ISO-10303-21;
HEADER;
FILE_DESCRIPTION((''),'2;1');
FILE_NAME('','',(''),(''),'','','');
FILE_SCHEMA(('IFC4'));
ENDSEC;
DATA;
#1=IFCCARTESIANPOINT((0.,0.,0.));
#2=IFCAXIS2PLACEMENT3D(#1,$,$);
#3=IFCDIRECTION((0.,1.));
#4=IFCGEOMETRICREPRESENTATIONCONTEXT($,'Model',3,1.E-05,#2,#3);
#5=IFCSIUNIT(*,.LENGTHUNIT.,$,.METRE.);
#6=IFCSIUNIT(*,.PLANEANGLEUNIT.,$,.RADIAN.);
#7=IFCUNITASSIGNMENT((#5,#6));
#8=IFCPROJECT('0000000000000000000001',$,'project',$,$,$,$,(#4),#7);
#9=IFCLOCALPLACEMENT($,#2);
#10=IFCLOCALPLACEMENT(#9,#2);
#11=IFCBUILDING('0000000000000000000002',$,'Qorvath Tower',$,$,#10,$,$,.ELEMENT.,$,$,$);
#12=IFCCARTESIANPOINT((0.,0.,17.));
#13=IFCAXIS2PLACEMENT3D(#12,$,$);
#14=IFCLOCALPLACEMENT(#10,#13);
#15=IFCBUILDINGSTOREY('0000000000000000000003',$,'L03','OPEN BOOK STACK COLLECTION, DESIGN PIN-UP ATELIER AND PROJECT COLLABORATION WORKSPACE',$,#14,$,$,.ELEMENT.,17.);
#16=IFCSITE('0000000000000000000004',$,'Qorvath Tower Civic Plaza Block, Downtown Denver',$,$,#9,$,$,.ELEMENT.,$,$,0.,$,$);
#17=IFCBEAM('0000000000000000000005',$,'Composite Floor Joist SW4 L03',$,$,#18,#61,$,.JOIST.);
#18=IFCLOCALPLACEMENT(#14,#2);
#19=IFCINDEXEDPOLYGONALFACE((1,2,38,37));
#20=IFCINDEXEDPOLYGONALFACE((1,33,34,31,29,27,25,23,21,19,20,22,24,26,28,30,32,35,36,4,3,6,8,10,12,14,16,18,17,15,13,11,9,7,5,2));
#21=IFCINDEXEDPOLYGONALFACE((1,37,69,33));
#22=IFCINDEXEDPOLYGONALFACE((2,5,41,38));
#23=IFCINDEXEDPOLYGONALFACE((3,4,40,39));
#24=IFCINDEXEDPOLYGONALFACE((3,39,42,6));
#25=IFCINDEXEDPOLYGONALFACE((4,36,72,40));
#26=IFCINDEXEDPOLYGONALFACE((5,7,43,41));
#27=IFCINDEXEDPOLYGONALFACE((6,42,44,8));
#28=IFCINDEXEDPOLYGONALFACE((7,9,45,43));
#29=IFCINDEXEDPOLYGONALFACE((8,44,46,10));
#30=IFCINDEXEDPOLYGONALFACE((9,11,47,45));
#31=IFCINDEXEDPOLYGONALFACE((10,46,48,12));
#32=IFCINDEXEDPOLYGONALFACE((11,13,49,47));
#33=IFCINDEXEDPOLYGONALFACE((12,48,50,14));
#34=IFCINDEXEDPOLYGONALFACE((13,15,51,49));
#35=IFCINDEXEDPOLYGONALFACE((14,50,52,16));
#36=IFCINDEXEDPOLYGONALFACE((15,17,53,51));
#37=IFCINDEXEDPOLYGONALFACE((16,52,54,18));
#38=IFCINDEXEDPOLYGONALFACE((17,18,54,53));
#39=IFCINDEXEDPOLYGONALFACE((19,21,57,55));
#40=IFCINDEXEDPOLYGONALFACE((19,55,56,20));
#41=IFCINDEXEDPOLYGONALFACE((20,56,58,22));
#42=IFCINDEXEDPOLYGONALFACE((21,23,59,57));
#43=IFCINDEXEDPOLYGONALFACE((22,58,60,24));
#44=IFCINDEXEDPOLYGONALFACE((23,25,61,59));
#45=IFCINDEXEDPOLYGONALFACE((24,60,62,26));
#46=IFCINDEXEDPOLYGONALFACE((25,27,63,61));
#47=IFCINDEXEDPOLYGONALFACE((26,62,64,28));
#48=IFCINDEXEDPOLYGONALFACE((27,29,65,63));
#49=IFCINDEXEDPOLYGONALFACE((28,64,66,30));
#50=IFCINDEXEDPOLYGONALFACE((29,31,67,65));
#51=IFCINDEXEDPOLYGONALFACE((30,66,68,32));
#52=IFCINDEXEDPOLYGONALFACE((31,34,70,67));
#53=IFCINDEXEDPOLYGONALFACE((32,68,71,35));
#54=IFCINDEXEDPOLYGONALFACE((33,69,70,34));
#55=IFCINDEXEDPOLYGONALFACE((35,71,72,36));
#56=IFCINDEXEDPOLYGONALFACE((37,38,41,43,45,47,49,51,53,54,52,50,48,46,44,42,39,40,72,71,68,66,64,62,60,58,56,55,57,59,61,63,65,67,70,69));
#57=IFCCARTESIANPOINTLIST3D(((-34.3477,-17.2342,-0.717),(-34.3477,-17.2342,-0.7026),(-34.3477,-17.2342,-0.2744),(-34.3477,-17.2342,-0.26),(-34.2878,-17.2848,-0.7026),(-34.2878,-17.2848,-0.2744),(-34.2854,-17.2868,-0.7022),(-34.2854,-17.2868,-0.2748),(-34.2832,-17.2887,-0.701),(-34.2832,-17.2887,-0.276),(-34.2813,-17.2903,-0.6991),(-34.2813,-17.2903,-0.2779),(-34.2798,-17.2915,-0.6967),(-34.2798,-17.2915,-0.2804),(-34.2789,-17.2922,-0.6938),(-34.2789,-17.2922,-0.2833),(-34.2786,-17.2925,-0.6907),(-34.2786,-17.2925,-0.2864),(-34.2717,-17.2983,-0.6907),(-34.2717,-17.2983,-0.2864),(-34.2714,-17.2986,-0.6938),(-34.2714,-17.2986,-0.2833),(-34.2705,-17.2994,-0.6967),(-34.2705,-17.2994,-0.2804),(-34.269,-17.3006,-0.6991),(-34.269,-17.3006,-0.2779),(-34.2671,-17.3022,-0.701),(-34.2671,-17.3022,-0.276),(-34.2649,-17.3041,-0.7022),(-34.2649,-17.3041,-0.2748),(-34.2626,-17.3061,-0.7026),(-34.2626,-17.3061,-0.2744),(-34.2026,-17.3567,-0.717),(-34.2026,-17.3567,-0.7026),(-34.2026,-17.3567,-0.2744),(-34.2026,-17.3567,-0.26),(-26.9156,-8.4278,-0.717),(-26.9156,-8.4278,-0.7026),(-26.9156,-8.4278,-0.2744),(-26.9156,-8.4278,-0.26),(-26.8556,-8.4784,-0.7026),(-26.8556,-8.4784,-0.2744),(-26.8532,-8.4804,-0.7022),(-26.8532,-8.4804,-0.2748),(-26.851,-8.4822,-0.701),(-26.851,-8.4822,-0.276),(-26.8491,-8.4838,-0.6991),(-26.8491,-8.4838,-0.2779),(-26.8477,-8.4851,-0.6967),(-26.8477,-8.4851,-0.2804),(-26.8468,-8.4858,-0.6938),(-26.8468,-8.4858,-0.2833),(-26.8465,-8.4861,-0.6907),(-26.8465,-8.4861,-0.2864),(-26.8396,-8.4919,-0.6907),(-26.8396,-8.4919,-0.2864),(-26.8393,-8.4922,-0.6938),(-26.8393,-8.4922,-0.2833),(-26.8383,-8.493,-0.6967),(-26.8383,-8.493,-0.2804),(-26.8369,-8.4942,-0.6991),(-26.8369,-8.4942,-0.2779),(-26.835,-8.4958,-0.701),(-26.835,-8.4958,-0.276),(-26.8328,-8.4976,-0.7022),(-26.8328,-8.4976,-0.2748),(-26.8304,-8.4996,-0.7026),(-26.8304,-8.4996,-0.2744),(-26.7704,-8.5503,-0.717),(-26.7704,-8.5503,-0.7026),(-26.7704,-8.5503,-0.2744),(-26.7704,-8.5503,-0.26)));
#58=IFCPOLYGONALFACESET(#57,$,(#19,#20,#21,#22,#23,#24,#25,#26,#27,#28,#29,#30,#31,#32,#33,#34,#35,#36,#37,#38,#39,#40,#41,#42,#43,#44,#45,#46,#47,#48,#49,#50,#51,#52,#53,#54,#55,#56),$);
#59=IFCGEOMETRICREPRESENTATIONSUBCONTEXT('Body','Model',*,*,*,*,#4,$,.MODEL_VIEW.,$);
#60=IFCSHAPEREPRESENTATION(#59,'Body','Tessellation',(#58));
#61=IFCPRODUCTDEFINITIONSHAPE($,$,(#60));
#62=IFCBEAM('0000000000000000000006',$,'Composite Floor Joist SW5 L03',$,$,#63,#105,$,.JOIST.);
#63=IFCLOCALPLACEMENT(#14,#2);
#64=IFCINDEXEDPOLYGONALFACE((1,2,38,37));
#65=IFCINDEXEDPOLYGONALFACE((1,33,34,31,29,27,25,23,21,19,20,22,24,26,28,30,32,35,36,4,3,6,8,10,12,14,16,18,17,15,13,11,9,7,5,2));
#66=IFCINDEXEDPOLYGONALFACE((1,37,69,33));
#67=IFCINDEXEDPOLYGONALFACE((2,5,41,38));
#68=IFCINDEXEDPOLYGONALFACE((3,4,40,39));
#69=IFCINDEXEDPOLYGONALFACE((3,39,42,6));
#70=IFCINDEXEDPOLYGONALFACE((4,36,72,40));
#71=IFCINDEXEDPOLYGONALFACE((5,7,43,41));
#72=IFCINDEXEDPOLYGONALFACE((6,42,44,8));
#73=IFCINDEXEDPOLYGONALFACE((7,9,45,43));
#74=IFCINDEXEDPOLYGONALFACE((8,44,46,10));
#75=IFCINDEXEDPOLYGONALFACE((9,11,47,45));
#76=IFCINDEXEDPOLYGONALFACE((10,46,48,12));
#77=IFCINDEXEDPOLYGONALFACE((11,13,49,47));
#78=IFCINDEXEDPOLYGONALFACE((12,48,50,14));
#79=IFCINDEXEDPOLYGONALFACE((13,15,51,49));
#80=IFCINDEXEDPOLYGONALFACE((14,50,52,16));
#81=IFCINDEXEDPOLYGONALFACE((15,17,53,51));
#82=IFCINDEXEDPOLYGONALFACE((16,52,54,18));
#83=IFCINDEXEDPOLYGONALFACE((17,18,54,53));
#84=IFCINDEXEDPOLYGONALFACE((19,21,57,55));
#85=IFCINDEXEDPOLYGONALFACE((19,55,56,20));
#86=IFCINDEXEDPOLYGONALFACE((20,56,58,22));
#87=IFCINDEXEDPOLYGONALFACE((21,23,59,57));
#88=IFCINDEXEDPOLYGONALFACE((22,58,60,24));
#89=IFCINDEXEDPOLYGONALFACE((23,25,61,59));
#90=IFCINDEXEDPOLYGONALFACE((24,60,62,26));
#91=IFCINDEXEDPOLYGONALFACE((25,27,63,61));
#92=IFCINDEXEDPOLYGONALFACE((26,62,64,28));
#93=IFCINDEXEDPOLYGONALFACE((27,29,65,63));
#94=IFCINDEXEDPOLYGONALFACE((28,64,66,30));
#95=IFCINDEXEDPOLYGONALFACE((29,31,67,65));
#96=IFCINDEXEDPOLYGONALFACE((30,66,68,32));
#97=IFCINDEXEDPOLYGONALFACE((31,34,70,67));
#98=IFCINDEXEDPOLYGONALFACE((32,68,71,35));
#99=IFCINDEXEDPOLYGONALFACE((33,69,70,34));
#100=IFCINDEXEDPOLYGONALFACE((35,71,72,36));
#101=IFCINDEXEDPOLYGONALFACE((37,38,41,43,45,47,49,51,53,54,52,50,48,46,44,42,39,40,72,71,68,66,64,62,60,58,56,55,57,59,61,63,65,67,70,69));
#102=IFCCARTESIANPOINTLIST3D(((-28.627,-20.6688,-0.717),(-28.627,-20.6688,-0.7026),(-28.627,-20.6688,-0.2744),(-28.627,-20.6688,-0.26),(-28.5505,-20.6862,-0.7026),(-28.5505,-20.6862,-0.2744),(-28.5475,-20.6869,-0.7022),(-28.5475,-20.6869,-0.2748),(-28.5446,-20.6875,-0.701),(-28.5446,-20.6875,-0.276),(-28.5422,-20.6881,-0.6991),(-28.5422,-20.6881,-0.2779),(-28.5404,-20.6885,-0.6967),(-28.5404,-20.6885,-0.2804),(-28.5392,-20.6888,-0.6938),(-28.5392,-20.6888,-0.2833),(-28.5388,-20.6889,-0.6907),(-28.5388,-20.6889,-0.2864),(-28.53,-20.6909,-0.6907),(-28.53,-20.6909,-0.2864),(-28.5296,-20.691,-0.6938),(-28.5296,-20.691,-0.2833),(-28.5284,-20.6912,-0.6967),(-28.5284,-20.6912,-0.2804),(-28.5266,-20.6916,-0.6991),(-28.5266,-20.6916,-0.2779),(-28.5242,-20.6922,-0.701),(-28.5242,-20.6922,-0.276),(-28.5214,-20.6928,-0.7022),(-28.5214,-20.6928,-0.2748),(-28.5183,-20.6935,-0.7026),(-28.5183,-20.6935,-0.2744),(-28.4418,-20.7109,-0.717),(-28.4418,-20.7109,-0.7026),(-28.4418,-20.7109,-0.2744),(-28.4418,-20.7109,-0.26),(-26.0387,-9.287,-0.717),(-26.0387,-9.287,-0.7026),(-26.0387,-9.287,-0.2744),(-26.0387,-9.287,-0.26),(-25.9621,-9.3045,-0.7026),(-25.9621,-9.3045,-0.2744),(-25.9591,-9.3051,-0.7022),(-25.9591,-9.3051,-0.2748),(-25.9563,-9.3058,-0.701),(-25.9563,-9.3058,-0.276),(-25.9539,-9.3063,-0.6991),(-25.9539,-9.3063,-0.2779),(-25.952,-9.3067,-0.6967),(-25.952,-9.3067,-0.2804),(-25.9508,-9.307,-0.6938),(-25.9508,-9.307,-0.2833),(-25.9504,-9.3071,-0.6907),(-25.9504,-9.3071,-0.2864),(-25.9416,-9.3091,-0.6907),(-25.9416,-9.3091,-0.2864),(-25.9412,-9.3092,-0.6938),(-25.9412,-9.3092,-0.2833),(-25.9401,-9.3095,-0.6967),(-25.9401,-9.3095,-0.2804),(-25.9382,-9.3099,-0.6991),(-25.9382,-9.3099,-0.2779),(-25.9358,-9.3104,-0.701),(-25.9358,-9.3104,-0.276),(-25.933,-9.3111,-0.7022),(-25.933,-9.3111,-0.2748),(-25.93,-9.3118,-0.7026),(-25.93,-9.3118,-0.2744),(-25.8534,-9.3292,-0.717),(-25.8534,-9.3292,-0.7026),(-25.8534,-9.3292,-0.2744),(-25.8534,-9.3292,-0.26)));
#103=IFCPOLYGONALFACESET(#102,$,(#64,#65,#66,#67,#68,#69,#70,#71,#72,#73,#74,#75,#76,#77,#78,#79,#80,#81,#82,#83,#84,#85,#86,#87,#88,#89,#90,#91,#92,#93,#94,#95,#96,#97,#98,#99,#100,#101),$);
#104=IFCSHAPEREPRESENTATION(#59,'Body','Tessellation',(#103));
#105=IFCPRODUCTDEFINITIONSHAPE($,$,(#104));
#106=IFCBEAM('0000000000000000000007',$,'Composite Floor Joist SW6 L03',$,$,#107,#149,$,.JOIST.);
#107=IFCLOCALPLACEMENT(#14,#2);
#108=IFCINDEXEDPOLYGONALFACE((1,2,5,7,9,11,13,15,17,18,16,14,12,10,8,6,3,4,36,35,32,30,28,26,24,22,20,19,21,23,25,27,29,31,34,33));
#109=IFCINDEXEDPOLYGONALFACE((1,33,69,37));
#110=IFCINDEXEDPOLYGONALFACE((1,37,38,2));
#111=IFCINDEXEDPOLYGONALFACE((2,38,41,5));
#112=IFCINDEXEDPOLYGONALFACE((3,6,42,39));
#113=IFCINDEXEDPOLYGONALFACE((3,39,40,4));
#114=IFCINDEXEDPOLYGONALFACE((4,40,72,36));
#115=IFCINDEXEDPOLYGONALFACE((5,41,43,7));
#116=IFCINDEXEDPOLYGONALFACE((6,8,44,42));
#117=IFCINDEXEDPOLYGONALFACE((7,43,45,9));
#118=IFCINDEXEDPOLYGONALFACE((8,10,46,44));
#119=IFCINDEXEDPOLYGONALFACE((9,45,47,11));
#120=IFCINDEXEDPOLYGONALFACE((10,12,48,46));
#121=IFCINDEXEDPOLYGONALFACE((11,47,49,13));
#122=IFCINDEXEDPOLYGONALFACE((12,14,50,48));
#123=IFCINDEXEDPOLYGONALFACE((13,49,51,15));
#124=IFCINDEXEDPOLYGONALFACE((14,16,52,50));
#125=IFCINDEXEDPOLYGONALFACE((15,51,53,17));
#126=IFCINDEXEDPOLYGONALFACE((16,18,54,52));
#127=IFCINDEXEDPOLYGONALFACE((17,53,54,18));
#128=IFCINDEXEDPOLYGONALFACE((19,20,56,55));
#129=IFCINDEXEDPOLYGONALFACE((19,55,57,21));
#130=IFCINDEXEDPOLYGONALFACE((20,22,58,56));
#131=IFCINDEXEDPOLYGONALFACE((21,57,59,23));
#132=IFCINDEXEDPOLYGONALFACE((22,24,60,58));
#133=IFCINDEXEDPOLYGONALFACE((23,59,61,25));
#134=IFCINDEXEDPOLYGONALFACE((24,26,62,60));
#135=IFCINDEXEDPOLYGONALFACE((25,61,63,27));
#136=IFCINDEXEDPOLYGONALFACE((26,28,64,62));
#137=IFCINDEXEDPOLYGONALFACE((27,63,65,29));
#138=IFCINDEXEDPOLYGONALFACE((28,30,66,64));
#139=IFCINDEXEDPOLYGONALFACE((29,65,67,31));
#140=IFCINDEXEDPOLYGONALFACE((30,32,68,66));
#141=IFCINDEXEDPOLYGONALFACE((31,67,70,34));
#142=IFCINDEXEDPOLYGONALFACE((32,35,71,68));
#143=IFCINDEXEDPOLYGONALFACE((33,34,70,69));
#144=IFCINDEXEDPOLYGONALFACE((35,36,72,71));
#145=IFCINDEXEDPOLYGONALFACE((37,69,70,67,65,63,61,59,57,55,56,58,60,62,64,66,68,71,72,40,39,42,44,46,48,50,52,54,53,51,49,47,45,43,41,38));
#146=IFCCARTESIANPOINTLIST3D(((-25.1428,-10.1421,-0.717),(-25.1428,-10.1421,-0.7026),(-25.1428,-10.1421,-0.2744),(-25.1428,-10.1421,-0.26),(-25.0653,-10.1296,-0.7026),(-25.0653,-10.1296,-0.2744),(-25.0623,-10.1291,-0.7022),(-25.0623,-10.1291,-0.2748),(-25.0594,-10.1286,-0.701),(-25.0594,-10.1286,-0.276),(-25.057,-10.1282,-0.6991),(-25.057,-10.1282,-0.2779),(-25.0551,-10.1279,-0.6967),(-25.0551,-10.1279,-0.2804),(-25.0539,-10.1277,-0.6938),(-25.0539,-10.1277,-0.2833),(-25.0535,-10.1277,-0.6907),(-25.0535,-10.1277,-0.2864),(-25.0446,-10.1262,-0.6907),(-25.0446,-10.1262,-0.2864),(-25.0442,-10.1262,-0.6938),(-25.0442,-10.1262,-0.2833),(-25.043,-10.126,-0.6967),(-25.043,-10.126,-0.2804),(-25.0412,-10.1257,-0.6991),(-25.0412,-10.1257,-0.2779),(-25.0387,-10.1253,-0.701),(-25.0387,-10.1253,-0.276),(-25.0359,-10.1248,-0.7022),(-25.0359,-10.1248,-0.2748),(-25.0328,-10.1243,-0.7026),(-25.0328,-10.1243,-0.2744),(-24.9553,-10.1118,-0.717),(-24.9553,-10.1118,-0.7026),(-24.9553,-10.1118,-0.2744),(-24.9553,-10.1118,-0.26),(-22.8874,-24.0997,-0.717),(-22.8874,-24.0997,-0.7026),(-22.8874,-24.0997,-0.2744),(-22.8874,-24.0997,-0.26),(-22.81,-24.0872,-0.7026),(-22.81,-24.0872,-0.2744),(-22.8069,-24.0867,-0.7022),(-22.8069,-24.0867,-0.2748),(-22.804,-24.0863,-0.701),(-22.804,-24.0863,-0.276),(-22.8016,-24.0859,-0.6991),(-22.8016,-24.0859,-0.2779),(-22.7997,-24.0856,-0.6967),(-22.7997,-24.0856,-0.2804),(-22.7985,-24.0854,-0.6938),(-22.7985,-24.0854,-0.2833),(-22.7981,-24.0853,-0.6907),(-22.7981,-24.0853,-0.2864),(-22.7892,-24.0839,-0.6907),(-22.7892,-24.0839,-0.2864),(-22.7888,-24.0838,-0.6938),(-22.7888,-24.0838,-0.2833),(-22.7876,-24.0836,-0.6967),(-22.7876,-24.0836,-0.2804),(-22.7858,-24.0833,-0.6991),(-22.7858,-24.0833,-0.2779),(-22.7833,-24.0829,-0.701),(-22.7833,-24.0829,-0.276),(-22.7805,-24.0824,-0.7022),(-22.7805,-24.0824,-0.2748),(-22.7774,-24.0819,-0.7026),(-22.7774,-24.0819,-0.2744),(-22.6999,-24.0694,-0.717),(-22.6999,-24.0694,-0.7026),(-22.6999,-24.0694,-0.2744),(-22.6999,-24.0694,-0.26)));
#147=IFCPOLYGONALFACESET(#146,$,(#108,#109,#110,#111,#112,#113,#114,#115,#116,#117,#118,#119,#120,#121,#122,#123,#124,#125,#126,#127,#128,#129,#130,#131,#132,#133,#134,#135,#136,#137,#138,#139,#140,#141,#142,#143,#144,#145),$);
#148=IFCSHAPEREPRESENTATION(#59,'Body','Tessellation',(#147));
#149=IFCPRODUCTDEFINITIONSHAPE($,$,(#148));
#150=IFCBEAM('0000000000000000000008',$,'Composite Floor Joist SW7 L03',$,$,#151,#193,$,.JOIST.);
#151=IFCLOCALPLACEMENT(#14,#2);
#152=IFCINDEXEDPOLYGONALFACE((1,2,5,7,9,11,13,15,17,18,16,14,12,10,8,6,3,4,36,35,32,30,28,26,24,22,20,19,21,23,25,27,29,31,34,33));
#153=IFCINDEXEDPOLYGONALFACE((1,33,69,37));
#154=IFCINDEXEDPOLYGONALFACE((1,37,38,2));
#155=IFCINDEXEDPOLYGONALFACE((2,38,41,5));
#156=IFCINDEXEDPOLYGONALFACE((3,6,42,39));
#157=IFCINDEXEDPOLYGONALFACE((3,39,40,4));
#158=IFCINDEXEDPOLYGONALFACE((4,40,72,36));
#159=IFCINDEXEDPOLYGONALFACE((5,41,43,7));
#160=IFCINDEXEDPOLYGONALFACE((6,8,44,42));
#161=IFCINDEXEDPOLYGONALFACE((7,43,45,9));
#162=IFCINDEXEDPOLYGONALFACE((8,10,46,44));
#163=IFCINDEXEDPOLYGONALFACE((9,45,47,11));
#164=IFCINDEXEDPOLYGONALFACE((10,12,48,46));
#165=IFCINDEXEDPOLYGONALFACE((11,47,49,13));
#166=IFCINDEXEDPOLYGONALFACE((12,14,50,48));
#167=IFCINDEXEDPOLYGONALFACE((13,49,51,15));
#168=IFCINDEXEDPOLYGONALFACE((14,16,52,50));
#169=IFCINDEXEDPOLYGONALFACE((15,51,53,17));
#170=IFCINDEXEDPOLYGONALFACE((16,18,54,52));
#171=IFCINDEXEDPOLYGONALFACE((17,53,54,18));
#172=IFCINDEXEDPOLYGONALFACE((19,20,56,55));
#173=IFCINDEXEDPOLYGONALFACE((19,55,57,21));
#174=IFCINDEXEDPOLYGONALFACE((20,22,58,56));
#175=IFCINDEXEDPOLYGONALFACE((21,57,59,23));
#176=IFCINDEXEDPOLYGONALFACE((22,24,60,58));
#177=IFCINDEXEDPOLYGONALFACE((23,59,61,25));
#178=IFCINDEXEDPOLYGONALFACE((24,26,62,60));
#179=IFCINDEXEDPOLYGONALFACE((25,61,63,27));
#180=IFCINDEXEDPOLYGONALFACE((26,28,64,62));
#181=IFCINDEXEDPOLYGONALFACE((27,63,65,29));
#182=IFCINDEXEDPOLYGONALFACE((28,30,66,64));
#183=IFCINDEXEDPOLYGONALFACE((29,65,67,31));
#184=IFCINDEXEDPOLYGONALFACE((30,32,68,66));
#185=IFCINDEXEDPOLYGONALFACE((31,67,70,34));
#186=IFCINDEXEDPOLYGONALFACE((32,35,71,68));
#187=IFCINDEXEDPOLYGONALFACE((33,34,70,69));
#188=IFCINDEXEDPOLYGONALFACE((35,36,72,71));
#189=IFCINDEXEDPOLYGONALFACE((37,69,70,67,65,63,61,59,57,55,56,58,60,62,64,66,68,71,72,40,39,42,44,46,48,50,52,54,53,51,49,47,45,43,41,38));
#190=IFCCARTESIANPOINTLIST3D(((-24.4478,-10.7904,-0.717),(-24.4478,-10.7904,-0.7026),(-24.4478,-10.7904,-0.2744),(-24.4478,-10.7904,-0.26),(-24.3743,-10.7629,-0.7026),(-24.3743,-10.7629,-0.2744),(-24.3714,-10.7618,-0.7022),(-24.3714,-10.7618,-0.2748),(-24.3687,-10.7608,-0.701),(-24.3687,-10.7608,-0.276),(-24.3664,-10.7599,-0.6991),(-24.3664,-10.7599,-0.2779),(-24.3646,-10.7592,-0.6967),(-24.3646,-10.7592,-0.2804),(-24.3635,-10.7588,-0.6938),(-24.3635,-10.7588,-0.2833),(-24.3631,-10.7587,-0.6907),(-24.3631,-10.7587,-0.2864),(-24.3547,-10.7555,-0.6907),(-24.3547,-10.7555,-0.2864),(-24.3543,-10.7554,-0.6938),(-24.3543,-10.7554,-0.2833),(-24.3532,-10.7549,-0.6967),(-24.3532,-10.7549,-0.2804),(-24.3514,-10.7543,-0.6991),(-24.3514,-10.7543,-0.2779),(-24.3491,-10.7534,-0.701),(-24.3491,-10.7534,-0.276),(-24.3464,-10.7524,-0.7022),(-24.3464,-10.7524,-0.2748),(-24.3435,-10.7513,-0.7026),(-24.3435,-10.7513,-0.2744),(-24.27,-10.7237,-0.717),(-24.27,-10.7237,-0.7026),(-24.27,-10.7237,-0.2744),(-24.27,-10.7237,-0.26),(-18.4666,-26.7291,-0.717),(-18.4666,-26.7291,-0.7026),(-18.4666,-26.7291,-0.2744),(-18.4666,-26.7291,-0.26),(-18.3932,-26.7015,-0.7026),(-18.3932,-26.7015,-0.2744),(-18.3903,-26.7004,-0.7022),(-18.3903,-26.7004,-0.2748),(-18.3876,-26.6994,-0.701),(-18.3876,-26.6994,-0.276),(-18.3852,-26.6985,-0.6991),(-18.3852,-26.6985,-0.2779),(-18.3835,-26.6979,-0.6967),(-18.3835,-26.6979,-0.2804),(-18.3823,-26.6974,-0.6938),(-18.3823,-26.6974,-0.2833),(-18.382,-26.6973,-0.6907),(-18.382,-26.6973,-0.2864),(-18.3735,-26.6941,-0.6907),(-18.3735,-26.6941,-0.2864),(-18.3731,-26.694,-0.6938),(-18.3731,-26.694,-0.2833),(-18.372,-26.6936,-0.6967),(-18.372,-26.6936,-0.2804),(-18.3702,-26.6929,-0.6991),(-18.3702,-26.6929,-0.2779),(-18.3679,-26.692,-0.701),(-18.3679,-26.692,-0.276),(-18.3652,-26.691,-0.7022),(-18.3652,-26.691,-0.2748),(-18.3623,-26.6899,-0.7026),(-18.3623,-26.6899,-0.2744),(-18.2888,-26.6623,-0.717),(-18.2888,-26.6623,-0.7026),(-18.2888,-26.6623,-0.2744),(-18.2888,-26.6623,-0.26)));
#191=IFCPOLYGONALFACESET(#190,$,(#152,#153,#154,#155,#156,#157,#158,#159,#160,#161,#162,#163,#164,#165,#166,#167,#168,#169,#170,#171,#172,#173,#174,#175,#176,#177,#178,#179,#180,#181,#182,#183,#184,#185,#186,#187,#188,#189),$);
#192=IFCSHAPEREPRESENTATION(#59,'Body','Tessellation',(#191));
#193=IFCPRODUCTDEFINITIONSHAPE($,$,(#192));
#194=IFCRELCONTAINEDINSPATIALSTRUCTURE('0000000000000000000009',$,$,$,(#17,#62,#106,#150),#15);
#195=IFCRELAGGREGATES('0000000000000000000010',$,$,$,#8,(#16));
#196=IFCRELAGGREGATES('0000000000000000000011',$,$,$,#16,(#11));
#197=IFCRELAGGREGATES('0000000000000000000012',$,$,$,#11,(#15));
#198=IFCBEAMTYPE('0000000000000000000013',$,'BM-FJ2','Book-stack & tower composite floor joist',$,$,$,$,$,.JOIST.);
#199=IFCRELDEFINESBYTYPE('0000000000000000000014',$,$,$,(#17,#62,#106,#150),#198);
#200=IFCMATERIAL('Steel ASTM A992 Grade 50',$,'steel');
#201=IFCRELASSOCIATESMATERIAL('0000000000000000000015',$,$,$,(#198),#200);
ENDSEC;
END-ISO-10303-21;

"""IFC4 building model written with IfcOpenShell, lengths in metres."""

from ifc_helpers import new_model, si_unit, direction, frame, origin, origin_2d, place, context, subcontext, project, spatial, i_section, extrude, material, material_profile, profile_set, type_object, element, save


model = new_model("IFC4")

# Units and contexts
model_context = context("Model", 3, precision=1e-05, world=origin(), true_north=direction((0.0, 1.0)))
body_context = subcontext(model_context, "Body", "Model", "MODEL_VIEW")
ifc_project = project(units=[si_unit("LENGTHUNIT", "METRE"), si_unit("PLANEANGLEUNIT", "RADIAN")], contexts=[model_context])

# Site, building, storey
site_placement = place(None, origin())
site = spatial("IfcSite", under=ifc_project, at=site_placement, Name="Qorvath Tower Civic Plaza Block, Downtown Denver", CompositionType="ELEMENT", RefElevation=0.0)
building_placement = place(site_placement, origin())
building = spatial("IfcBuilding", under=site, at=building_placement, Name="Qorvath Tower", CompositionType="ELEMENT")
storey_placement = place(building_placement, frame((0.0, 0.0, 17.0)))
storey = spatial("IfcBuildingStorey", under=building, at=storey_placement, Name="L03", Description="OPEN BOOK STACK COLLECTION, DESIGN PIN-UP ATELIER AND PROJECT COLLABORATION WORKSPACE", CompositionType="ELEMENT", Elevation=17.0)

# Beams
ifc_material_1 = material(Name="Steel ASTM A992 Grade 50", Category="steel")
ifc_material_profile_1 = material_profile(ifc_material_1, i_section(OverallWidth=0.1899, OverallDepth=0.457, WebThickness=0.009, FlangeThickness=0.0144, FilletRadius=0.012, at=origin_2d()), Name="W18x50")
ifc_profile_set_1 = profile_set([ifc_material_profile_1], Name="Steel ASTM A992 Grade 50")
beam_type_1 = type_object("IfcBeamType", Name="BM-FJ2", Description="Book-stack & tower composite floor joist", PredefinedType="JOIST", material=ifc_profile_set_1)
beam_1_placement = place(storey_placement, frame((-26.843, -8.489, -0.4885), z_axis=(-0.644959, -0.764217, 0.0), x_axis=(0.764217, -0.644959, 0.0)))
element("IfcBeam", 1, at=beam_1_placement, inside=storey, type_object=beam_type_1, Name="Composite Floor Joist SW4 L03", PredefinedType="JOIST", context=body_context, shape_type="SweptSolid", body=[
    extrude(i_section(OverallWidth=0.1899, OverallDepth=0.457, WebThickness=0.009, FlangeThickness=0.0144, FilletRadius=0.012, at=origin_2d()), origin(), (0.0, 0.0, 1.0), 11.5234),
])
beam_2_placement = place(storey_placement, frame((-25.946, -9.3081, -0.4885), z_axis=(-0.221751, -0.975103, 0.0), x_axis=(0.975103, -0.221751, 0.0)))
element("IfcBeam", 2, at=beam_2_placement, inside=storey, type_object=beam_type_1, Name="Composite Floor Joist SW5 L03", PredefinedType="JOIST", context=body_context, shape_type="SweptSolid", body=[
    extrude(i_section(OverallWidth=0.1899, OverallDepth=0.457, WebThickness=0.009, FlangeThickness=0.0144, FilletRadius=0.012, at=origin_2d()), origin(), (0.0, 0.0, 1.0), 11.6724),
])
beam_3_placement = place(storey_placement, frame((-25.0491, -10.127, -0.4885), z_axis=(0.159519, -0.987195, 0.0), x_axis=(0.987195, 0.159519, 0.0)))
element("IfcBeam", 3, at=beam_3_placement, inside=storey, type_object=beam_type_1, Name="Composite Floor Joist SW6 L03", PredefinedType="JOIST", context=body_context, shape_type="SweptSolid", body=[
    extrude(i_section(OverallWidth=0.1899, OverallDepth=0.457, WebThickness=0.009, FlangeThickness=0.0144, FilletRadius=0.012, at=origin_2d()), origin(), (0.0, 0.0, 1.0), 14.1387),
])
beam_4_placement = place(storey_placement, frame((-24.3589, -10.7571, -0.4885), z_axis=(0.351339, -0.936248, 0.0), x_axis=(0.936248, 0.351339, 0.0)))
element("IfcBeam", 4, at=beam_4_placement, inside=storey, type_object=beam_type_1, Name="Composite Floor Joist SW7 L03", PredefinedType="JOIST", context=body_context, shape_type="SweptSolid", body=[
    extrude(i_section(OverallWidth=0.1899, OverallDepth=0.457, WebThickness=0.009, FlangeThickness=0.0144, FilletRadius=0.012, at=origin_2d()), origin(), (0.0, 0.0, 1.0), 17.0239),
])

save(model, "model.ifc")
